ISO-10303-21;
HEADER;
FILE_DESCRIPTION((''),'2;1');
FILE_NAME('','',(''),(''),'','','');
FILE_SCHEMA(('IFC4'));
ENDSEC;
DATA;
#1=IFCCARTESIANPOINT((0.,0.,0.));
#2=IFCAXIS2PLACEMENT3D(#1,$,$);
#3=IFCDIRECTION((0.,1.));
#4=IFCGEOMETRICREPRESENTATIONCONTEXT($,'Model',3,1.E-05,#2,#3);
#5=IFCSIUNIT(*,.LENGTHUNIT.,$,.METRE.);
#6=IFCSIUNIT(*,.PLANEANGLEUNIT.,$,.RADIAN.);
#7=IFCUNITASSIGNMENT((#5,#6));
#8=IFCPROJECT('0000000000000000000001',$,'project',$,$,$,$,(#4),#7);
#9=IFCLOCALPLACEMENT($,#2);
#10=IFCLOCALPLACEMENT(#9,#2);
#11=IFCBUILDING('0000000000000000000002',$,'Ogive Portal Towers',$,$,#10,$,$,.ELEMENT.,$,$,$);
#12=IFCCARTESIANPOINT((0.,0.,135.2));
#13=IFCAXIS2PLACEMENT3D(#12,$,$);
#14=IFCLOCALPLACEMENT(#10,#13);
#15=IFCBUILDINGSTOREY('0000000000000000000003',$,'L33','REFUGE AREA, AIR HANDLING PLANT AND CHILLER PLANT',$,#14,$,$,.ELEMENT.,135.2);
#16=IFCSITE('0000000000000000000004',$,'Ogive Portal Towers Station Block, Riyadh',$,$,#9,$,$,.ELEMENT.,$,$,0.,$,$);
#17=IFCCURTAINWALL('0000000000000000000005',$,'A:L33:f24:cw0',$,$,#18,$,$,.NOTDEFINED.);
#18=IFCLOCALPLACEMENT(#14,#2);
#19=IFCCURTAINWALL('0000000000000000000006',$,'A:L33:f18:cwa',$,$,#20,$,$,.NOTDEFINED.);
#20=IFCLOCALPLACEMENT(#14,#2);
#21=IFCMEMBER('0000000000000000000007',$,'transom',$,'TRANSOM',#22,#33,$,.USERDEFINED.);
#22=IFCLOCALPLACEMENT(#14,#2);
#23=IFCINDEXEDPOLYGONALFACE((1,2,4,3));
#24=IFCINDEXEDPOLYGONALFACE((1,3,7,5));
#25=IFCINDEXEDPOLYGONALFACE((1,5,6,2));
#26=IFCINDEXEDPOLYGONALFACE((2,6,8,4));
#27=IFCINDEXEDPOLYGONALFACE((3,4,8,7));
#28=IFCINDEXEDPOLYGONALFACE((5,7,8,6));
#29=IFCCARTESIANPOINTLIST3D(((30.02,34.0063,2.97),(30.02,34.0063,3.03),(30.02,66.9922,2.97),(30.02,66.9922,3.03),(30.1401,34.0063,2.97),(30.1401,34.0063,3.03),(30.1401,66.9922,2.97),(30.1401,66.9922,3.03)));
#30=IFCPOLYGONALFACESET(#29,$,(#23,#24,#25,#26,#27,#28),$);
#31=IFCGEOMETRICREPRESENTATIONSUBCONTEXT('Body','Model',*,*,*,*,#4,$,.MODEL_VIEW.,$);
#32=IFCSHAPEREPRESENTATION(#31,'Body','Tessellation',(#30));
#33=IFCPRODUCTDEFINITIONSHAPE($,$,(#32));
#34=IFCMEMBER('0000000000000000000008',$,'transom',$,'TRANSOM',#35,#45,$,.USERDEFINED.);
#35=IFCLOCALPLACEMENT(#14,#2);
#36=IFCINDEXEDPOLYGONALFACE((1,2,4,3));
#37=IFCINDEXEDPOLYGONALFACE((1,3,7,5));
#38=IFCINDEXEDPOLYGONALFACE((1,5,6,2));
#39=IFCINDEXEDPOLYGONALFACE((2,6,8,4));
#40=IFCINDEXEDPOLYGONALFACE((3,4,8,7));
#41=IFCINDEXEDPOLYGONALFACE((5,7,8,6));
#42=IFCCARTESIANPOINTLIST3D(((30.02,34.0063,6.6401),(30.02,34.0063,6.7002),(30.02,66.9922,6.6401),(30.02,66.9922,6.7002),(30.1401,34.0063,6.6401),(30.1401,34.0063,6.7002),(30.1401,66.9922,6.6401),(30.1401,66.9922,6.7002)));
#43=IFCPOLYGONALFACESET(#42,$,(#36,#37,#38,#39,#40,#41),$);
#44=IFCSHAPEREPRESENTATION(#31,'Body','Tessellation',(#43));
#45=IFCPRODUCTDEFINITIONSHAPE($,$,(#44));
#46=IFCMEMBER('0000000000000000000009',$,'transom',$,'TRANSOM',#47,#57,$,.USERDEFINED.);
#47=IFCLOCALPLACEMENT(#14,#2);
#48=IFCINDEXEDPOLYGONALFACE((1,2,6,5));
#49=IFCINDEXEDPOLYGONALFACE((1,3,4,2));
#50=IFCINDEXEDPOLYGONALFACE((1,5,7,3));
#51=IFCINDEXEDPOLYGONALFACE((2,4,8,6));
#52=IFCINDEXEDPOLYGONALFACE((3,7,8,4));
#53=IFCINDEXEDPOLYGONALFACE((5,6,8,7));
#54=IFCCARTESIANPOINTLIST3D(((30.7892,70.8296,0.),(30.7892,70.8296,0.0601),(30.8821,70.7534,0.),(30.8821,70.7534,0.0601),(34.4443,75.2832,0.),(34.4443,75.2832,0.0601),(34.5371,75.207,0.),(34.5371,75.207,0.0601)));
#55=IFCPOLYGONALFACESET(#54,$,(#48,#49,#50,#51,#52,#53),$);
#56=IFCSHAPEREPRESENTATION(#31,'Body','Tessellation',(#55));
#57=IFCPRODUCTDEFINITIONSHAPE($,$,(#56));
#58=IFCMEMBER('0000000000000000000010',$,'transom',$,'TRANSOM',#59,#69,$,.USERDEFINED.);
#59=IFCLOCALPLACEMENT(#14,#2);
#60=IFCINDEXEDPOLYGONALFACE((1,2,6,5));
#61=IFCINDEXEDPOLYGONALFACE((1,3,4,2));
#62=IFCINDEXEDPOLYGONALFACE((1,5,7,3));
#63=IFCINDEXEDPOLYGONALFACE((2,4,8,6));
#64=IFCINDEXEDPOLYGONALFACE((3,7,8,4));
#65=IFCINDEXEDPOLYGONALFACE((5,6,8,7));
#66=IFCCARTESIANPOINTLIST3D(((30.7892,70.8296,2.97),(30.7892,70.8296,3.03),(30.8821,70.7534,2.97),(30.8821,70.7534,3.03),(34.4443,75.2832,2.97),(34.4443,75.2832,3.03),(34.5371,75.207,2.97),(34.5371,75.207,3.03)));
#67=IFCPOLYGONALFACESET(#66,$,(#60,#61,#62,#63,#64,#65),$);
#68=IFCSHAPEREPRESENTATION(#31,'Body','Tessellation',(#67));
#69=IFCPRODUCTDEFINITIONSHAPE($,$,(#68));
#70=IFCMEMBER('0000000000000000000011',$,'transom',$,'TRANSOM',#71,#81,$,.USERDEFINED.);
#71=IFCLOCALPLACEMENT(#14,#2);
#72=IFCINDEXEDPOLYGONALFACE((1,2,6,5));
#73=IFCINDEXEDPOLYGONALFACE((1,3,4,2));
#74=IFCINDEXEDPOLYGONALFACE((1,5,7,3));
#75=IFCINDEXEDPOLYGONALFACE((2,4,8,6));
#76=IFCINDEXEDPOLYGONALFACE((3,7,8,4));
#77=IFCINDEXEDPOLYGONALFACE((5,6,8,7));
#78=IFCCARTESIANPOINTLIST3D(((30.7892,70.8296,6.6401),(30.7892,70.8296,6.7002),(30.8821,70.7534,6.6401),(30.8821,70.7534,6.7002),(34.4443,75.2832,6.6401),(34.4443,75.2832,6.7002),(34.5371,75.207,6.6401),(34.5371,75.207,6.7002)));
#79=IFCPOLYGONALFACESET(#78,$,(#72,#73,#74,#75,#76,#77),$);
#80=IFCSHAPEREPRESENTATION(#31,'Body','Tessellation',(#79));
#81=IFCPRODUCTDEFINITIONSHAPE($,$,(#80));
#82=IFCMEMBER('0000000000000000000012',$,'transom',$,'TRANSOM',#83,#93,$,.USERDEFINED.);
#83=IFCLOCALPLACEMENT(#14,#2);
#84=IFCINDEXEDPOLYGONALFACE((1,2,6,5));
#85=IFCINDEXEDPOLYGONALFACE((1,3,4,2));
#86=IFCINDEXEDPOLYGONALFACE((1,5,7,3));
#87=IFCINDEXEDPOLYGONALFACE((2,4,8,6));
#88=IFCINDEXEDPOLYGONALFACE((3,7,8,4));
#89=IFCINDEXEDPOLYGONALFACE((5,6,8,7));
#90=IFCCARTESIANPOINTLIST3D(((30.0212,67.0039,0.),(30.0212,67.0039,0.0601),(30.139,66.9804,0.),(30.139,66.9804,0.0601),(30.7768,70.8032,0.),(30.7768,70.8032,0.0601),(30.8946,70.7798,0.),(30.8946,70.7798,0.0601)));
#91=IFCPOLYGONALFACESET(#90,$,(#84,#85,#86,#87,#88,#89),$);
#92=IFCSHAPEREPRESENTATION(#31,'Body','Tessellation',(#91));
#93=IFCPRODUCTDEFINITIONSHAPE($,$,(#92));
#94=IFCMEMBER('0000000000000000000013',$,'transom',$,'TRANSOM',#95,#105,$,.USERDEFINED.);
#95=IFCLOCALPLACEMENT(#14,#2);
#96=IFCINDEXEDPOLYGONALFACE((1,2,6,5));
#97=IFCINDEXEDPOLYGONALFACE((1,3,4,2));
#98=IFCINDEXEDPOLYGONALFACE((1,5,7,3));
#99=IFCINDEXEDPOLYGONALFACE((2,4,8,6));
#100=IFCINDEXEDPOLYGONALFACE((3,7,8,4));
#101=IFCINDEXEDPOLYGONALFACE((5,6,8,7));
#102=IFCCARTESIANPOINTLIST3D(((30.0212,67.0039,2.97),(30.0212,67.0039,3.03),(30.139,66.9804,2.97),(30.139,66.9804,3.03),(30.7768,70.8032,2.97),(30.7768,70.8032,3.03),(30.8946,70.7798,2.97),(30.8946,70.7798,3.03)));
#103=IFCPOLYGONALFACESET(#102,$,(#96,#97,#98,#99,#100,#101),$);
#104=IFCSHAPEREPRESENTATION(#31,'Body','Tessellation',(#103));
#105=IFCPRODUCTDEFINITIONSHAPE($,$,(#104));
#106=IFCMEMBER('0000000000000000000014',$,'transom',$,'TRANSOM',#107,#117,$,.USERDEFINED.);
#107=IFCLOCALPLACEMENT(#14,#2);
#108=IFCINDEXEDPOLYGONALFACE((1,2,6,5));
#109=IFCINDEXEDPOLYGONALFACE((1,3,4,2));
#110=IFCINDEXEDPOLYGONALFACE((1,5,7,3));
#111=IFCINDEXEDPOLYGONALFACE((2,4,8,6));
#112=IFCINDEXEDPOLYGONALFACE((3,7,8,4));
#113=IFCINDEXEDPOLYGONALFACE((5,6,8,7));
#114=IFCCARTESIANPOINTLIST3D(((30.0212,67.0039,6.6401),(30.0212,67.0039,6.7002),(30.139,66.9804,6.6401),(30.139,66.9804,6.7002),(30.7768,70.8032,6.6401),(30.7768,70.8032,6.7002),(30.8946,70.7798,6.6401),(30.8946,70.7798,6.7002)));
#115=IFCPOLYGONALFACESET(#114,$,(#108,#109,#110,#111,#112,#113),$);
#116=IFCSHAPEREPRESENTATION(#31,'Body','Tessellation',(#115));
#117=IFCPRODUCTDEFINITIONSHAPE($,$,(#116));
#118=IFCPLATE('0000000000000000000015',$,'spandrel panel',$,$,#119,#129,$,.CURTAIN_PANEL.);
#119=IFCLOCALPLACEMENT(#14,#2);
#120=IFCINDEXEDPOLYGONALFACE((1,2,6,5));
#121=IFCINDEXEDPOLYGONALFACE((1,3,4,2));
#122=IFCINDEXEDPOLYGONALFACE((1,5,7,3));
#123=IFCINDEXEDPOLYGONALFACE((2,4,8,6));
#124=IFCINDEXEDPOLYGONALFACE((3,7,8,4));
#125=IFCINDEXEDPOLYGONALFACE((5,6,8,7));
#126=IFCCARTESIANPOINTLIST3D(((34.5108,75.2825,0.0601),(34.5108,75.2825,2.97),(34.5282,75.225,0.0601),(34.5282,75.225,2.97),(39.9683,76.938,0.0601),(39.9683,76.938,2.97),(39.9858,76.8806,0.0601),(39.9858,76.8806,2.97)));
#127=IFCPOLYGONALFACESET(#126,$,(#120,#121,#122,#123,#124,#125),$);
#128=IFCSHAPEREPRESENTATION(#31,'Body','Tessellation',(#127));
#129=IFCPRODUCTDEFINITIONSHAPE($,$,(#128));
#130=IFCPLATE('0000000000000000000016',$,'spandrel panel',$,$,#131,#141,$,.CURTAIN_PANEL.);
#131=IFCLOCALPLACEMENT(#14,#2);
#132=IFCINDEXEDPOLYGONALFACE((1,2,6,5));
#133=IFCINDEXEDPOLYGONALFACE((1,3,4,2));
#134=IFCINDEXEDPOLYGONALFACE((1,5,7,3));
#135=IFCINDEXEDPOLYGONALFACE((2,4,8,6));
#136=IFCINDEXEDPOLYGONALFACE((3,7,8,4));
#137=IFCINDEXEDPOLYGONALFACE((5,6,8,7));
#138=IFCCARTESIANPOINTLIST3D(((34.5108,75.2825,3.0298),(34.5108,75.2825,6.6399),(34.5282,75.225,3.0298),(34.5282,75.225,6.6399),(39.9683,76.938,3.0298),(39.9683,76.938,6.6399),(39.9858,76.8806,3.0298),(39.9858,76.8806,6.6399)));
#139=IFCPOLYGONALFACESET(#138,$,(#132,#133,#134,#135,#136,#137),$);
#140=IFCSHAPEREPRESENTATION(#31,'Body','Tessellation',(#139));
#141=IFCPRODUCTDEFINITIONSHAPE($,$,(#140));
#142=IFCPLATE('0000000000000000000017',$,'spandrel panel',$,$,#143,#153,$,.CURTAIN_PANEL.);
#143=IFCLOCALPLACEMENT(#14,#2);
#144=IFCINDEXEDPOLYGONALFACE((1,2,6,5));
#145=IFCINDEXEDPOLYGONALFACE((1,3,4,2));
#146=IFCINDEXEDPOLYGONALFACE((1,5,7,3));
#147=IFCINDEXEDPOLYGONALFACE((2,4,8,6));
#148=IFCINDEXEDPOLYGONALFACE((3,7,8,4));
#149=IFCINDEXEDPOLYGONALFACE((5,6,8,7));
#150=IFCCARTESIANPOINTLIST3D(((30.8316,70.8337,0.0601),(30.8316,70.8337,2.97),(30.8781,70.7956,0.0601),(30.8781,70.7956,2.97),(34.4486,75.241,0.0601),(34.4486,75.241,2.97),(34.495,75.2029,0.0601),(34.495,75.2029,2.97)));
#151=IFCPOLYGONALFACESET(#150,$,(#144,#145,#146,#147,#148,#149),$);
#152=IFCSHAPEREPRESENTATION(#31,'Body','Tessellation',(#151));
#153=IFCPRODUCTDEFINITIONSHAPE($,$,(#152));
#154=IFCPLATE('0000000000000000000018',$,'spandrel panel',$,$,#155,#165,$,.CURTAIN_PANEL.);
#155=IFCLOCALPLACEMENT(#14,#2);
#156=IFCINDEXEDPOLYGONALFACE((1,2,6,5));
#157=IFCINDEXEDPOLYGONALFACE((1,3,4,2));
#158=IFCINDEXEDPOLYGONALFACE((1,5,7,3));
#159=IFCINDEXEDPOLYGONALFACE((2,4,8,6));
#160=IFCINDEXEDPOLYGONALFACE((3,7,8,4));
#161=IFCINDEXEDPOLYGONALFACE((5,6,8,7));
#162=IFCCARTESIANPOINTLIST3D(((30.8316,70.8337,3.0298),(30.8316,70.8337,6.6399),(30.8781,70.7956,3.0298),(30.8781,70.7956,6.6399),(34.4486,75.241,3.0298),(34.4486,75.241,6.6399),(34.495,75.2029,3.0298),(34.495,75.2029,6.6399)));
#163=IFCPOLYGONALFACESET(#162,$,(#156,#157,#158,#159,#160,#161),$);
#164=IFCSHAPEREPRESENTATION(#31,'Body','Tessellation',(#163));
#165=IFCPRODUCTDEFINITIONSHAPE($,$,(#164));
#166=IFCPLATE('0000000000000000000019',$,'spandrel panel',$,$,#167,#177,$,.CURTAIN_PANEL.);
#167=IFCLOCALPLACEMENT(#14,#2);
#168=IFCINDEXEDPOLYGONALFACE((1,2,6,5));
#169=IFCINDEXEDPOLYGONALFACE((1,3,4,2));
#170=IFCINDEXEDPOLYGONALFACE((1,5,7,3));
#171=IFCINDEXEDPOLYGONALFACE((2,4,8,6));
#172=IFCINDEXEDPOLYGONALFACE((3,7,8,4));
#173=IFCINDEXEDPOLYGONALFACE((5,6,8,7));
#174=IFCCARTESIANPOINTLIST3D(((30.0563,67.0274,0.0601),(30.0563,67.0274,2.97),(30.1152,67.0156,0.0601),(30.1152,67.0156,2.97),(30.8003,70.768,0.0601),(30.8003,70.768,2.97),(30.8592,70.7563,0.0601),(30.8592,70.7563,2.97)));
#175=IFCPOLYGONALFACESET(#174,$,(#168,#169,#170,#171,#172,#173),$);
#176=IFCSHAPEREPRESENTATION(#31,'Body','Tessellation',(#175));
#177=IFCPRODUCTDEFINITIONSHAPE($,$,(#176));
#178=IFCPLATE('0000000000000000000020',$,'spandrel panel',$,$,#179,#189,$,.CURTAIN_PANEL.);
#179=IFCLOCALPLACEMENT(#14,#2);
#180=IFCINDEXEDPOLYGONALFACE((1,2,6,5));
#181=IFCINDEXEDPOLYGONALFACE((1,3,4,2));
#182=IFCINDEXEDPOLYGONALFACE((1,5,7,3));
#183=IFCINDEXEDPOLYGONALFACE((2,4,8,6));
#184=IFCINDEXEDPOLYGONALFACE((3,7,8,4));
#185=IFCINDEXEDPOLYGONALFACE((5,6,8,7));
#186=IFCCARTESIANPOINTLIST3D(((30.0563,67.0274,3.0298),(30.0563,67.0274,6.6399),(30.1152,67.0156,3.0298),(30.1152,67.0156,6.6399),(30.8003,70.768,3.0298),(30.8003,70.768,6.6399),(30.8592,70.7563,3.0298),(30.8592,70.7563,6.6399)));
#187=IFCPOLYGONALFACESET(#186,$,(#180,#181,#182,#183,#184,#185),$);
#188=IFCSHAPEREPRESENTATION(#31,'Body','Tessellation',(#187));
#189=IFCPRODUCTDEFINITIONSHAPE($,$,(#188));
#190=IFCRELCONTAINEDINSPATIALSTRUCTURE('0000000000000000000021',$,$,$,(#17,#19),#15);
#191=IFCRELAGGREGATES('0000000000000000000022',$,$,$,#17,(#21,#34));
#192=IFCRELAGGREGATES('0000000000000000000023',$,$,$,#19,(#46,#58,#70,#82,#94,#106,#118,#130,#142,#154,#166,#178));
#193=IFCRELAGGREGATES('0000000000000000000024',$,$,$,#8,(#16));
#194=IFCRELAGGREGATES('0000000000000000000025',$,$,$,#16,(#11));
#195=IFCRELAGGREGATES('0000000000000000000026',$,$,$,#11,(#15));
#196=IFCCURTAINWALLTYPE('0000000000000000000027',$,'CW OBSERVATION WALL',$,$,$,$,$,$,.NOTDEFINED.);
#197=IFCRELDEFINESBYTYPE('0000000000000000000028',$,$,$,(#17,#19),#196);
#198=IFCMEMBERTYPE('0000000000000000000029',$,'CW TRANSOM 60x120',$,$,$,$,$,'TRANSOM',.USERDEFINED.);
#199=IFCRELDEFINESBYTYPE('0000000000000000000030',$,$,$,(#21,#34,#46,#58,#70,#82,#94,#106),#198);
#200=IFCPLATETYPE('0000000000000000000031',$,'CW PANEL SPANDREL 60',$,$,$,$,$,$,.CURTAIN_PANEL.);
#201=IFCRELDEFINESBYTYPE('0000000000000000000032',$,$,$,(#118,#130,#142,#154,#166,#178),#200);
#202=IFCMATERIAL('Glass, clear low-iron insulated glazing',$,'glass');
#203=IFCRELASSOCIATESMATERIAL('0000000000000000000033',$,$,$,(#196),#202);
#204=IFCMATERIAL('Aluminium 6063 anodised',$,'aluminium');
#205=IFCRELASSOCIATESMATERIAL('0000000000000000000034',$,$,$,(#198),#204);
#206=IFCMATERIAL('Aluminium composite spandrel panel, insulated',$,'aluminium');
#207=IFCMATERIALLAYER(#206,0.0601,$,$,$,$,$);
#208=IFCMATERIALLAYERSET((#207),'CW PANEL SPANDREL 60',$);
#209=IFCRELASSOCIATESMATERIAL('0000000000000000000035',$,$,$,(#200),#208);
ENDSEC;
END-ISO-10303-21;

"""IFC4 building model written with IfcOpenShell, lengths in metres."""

from ifc_helpers import new_model, si_unit, direction, frame, origin, origin_2d, place, context, subcontext, project, spatial, rectangle, extrude, material, layer, layer_set, material_profile, profile_set, type_object, element, aggregate, save


model = new_model("IFC4")

# Units and contexts
model_context = context("Model", 3, precision=1e-05, world=origin(), true_north=direction((0.0, 1.0)))
body_context = subcontext(model_context, "Body", "Model", "MODEL_VIEW")
ifc_project = project(units=[si_unit("LENGTHUNIT", "METRE"), si_unit("PLANEANGLEUNIT", "RADIAN")], contexts=[model_context])

# Site, building, storey
site_placement = place(None, origin())
site = spatial("IfcSite", under=ifc_project, at=site_placement, Name="Ogive Portal Towers Station Block, Riyadh", CompositionType="ELEMENT", RefElevation=0.0)
building_placement = place(site_placement, origin())
building = spatial("IfcBuilding", under=site, at=building_placement, Name="Ogive Portal Towers", CompositionType="ELEMENT")
storey_placement = place(building_placement, frame((0.0, 0.0, 135.2)))
storey = spatial("IfcBuildingStorey", under=building, at=storey_placement, Name="L33", Description="REFUGE AREA, AIR HANDLING PLANT AND CHILLER PLANT", CompositionType="ELEMENT", Elevation=135.2)

# Curtain wall
ifc_material_1 = material(Name="Glass, clear low-iron insulated glazing", Category="glass")
curtain_wall_type = type_object("IfcCurtainWallType", Name="CW OBSERVATION WALL", PredefinedType="NOTDEFINED", material=ifc_material_1)
curtain_wall_1_placement = place(storey_placement, origin())
curtain_wall_1 = element("IfcCurtainWall", 1, at=curtain_wall_1_placement, inside=storey, type_object=curtain_wall_type, Name="A:L33:f24:cw0", PredefinedType="NOTDEFINED")
ifc_material_2 = material(Name="Aluminium 6063 anodised", Category="aluminium")

# Curtain wall
curtain_wall_2_placement = place(storey_placement, origin())
curtain_wall_2 = element("IfcCurtainWall", 2, at=curtain_wall_2_placement, inside=storey, type_object=curtain_wall_type, Name="A:L33:f18:cwa", PredefinedType="NOTDEFINED")

# Members
ifc_material_profile_1 = material_profile(ifc_material_2, rectangle(XDim=0.1201, YDim=0.0601, at=origin_2d()), Name="AL 120x60")
ifc_profile_set_1 = profile_set([ifc_material_profile_1], Name="Aluminium 6063 anodised")
member_type_1 = type_object("IfcMemberType", Name="CW TRANSOM 60x120", ElementType="TRANSOM", PredefinedType="USERDEFINED", material=ifc_profile_set_1)
member_1_placement = place(storey_placement, frame((30.0801, 66.9922, 3.0), z_axis=(0.0, -1.0, 0.0), x_axis=(1.0, 0.0, 0.0)))
member_1 = element("IfcMember", 3, at=member_1_placement, type_object=member_type_1, Name="transom", ObjectType="TRANSOM", PredefinedType="USERDEFINED", context=body_context, shape_type="SweptSolid", body=[
    extrude(rectangle(XDim=0.1201, YDim=0.0601, at=origin_2d()), origin(), (0.0, 0.0, 1.0), 32.9858),
])
member_2_placement = place(storey_placement, frame((30.0801, 66.9922, 6.6702), z_axis=(0.0, -1.0, 0.0), x_axis=(1.0, 0.0, 0.0)))
member_2 = element("IfcMember", 4, at=member_2_placement, type_object=member_type_1, Name="transom", ObjectType="TRANSOM", PredefinedType="USERDEFINED", context=body_context, shape_type="SweptSolid", body=[
    extrude(rectangle(XDim=0.1201, YDim=0.0601, at=origin_2d()), origin(), (0.0, 0.0, 1.0), 32.9858),
])
aggregate(curtain_wall_1, [member_1, member_2])
member_3_placement = place(storey_placement, frame((34.4907, 75.2451, 0.03), z_axis=(-0.634398, -0.773007, 0.0), x_axis=(0.773007, -0.634398, 0.0)))
member_3 = element("IfcMember", 5, at=member_3_placement, type_object=member_type_1, Name="transom", ObjectType="TRANSOM", PredefinedType="USERDEFINED", context=body_context, shape_type="SweptSolid", body=[
    extrude(rectangle(XDim=0.1201, YDim=0.0601, at=origin_2d()), origin(), (0.0, 0.0, 1.0), 5.7615),
])
member_4_placement = place(storey_placement, frame((34.4907, 75.2451, 3.0), z_axis=(-0.634398, -0.773007, 0.0), x_axis=(0.773007, -0.634398, 0.0)))
member_4 = element("IfcMember", 6, at=member_4_placement, type_object=member_type_1, Name="transom", ObjectType="TRANSOM", PredefinedType="USERDEFINED", context=body_context, shape_type="SweptSolid", body=[
    extrude(rectangle(XDim=0.1201, YDim=0.0601, at=origin_2d()), origin(), (0.0, 0.0, 1.0), 5.7615),
])
member_5_placement = place(storey_placement, frame((34.4907, 75.2451, 6.6702), z_axis=(-0.634398, -0.773007, 0.0), x_axis=(0.773007, -0.634398, 0.0)))
member_5 = element("IfcMember", 7, at=member_5_placement, type_object=member_type_1, Name="transom", ObjectType="TRANSOM", PredefinedType="USERDEFINED", context=body_context, shape_type="SweptSolid", body=[
    extrude(rectangle(XDim=0.1201, YDim=0.0601, at=origin_2d()), origin(), (0.0, 0.0, 1.0), 5.7615),
])
member_6_placement = place(storey_placement, frame((30.8357, 70.7915, 0.03), z_axis=(-0.195062, -0.980791, 0.0), x_axis=(0.980791, -0.195062, 0.0)))
member_6 = element("IfcMember", 8, at=member_6_placement, type_object=member_type_1, Name="transom", ObjectType="TRANSOM", PredefinedType="USERDEFINED", context=body_context, shape_type="SweptSolid", body=[
    extrude(rectangle(XDim=0.1201, YDim=0.0601, at=origin_2d()), origin(), (0.0, 0.0, 1.0), 3.8738),
])
member_7_placement = place(storey_placement, frame((30.8357, 70.7915, 3.0), z_axis=(-0.195062, -0.980791, 0.0), x_axis=(0.980791, -0.195062, 0.0)))
member_7 = element("IfcMember", 9, at=member_7_placement, type_object=member_type_1, Name="transom", ObjectType="TRANSOM", PredefinedType="USERDEFINED", context=body_context, shape_type="SweptSolid", body=[
    extrude(rectangle(XDim=0.1201, YDim=0.0601, at=origin_2d()), origin(), (0.0, 0.0, 1.0), 3.8738),
])
member_8_placement = place(storey_placement, frame((30.8357, 70.7915, 6.6702), z_axis=(-0.195062, -0.980791, 0.0), x_axis=(0.980791, -0.195062, 0.0)))
member_8 = element("IfcMember", 10, at=member_8_placement, type_object=member_type_1, Name="transom", ObjectType="TRANSOM", PredefinedType="USERDEFINED", context=body_context, shape_type="SweptSolid", body=[
    extrude(rectangle(XDim=0.1201, YDim=0.0601, at=origin_2d()), origin(), (0.0, 0.0, 1.0), 3.8738),
])

# Plates
ifc_material_3 = material(Name="Aluminium composite spandrel panel, insulated", Category="aluminium")
ifc_layer_1 = layer(ifc_material_3, 0.0601)
ifc_layer_set_1 = layer_set([ifc_layer_1], Name="CW PANEL SPANDREL 60")
plate_type = type_object("IfcPlateType", Name="CW PANEL SPANDREL 60", PredefinedType="CURTAIN_PANEL", material=ifc_layer_set_1)
plate_1_placement = place(storey_placement, frame((37.2483, 76.0815, 0.0601), z_axis=(0.0, 0.0, 1.0), x_axis=(-0.95694, -0.290285, 0.0)))
plate_1 = element("IfcPlate", 11, at=plate_1_placement, type_object=plate_type, Name="spandrel panel", PredefinedType="CURTAIN_PANEL", context=body_context, shape_type="SweptSolid", body=[
    extrude(rectangle(XDim=5.7031, YDim=0.0601, at=origin_2d()), origin(), (0.0, 0.0, 1.0), 2.9099),
])
plate_2_placement = place(storey_placement, frame((37.2483, 76.0815, 3.0298), z_axis=(0.0, 0.0, 1.0), x_axis=(-0.95694, -0.290285, 0.0)))
plate_2 = element("IfcPlate", 12, at=plate_2_placement, type_object=plate_type, Name="spandrel panel", PredefinedType="CURTAIN_PANEL", context=body_context, shape_type="SweptSolid", body=[
    extrude(rectangle(XDim=5.7031, YDim=0.0601, at=origin_2d()), origin(), (0.0, 0.0, 1.0), 3.6101),
])
plate_3_placement = place(storey_placement, frame((32.6633, 73.0183, 0.0601), z_axis=(0.0, 0.0, 1.0), x_axis=(-0.634393, -0.77301, 0.0)))
plate_3 = element("IfcPlate", 13, at=plate_3_placement, type_object=plate_type, Name="spandrel panel", PredefinedType="CURTAIN_PANEL", context=body_context, shape_type="SweptSolid", body=[
    extrude(rectangle(XDim=5.7014, YDim=0.0601, at=origin_2d()), origin(), (0.0, 0.0, 1.0), 2.9099),
])
plate_4_placement = place(storey_placement, frame((32.6633, 73.0183, 3.0298), z_axis=(0.0, 0.0, 1.0), x_axis=(-0.634393, -0.77301, 0.0)))
plate_4 = element("IfcPlate", 14, at=plate_4_placement, type_object=plate_type, Name="spandrel panel", PredefinedType="CURTAIN_PANEL", context=body_context, shape_type="SweptSolid", body=[
    extrude(rectangle(XDim=5.7014, YDim=0.0601, at=origin_2d()), origin(), (0.0, 0.0, 1.0), 3.6101),
])
plate_5_placement = place(storey_placement, frame((30.4578, 68.8918, 0.0601), z_axis=(0.0, 0.0, 1.0), x_axis=(-0.19509, -0.980785, 0.0)))
plate_5 = element("IfcPlate", 15, at=plate_5_placement, type_object=plate_type, Name="spandrel panel", PredefinedType="CURTAIN_PANEL", context=body_context, shape_type="SweptSolid", body=[
    extrude(rectangle(XDim=3.814, YDim=0.0601, at=origin_2d()), origin(), (0.0, 0.0, 1.0), 2.9099),
])
plate_6_placement = place(storey_placement, frame((30.4578, 68.8918, 3.0298), z_axis=(0.0, 0.0, 1.0), x_axis=(-0.19509, -0.980785, 0.0)))
plate_6 = element("IfcPlate", 16, at=plate_6_placement, type_object=plate_type, Name="spandrel panel", PredefinedType="CURTAIN_PANEL", context=body_context, shape_type="SweptSolid", body=[
    extrude(rectangle(XDim=3.814, YDim=0.0601, at=origin_2d()), origin(), (0.0, 0.0, 1.0), 3.6101),
])
aggregate(curtain_wall_2, [member_3, member_4, member_5, member_6, member_7, member_8, plate_1, plate_2, plate_3, plate_4, plate_5, plate_6])

save(model, "model.ifc")
